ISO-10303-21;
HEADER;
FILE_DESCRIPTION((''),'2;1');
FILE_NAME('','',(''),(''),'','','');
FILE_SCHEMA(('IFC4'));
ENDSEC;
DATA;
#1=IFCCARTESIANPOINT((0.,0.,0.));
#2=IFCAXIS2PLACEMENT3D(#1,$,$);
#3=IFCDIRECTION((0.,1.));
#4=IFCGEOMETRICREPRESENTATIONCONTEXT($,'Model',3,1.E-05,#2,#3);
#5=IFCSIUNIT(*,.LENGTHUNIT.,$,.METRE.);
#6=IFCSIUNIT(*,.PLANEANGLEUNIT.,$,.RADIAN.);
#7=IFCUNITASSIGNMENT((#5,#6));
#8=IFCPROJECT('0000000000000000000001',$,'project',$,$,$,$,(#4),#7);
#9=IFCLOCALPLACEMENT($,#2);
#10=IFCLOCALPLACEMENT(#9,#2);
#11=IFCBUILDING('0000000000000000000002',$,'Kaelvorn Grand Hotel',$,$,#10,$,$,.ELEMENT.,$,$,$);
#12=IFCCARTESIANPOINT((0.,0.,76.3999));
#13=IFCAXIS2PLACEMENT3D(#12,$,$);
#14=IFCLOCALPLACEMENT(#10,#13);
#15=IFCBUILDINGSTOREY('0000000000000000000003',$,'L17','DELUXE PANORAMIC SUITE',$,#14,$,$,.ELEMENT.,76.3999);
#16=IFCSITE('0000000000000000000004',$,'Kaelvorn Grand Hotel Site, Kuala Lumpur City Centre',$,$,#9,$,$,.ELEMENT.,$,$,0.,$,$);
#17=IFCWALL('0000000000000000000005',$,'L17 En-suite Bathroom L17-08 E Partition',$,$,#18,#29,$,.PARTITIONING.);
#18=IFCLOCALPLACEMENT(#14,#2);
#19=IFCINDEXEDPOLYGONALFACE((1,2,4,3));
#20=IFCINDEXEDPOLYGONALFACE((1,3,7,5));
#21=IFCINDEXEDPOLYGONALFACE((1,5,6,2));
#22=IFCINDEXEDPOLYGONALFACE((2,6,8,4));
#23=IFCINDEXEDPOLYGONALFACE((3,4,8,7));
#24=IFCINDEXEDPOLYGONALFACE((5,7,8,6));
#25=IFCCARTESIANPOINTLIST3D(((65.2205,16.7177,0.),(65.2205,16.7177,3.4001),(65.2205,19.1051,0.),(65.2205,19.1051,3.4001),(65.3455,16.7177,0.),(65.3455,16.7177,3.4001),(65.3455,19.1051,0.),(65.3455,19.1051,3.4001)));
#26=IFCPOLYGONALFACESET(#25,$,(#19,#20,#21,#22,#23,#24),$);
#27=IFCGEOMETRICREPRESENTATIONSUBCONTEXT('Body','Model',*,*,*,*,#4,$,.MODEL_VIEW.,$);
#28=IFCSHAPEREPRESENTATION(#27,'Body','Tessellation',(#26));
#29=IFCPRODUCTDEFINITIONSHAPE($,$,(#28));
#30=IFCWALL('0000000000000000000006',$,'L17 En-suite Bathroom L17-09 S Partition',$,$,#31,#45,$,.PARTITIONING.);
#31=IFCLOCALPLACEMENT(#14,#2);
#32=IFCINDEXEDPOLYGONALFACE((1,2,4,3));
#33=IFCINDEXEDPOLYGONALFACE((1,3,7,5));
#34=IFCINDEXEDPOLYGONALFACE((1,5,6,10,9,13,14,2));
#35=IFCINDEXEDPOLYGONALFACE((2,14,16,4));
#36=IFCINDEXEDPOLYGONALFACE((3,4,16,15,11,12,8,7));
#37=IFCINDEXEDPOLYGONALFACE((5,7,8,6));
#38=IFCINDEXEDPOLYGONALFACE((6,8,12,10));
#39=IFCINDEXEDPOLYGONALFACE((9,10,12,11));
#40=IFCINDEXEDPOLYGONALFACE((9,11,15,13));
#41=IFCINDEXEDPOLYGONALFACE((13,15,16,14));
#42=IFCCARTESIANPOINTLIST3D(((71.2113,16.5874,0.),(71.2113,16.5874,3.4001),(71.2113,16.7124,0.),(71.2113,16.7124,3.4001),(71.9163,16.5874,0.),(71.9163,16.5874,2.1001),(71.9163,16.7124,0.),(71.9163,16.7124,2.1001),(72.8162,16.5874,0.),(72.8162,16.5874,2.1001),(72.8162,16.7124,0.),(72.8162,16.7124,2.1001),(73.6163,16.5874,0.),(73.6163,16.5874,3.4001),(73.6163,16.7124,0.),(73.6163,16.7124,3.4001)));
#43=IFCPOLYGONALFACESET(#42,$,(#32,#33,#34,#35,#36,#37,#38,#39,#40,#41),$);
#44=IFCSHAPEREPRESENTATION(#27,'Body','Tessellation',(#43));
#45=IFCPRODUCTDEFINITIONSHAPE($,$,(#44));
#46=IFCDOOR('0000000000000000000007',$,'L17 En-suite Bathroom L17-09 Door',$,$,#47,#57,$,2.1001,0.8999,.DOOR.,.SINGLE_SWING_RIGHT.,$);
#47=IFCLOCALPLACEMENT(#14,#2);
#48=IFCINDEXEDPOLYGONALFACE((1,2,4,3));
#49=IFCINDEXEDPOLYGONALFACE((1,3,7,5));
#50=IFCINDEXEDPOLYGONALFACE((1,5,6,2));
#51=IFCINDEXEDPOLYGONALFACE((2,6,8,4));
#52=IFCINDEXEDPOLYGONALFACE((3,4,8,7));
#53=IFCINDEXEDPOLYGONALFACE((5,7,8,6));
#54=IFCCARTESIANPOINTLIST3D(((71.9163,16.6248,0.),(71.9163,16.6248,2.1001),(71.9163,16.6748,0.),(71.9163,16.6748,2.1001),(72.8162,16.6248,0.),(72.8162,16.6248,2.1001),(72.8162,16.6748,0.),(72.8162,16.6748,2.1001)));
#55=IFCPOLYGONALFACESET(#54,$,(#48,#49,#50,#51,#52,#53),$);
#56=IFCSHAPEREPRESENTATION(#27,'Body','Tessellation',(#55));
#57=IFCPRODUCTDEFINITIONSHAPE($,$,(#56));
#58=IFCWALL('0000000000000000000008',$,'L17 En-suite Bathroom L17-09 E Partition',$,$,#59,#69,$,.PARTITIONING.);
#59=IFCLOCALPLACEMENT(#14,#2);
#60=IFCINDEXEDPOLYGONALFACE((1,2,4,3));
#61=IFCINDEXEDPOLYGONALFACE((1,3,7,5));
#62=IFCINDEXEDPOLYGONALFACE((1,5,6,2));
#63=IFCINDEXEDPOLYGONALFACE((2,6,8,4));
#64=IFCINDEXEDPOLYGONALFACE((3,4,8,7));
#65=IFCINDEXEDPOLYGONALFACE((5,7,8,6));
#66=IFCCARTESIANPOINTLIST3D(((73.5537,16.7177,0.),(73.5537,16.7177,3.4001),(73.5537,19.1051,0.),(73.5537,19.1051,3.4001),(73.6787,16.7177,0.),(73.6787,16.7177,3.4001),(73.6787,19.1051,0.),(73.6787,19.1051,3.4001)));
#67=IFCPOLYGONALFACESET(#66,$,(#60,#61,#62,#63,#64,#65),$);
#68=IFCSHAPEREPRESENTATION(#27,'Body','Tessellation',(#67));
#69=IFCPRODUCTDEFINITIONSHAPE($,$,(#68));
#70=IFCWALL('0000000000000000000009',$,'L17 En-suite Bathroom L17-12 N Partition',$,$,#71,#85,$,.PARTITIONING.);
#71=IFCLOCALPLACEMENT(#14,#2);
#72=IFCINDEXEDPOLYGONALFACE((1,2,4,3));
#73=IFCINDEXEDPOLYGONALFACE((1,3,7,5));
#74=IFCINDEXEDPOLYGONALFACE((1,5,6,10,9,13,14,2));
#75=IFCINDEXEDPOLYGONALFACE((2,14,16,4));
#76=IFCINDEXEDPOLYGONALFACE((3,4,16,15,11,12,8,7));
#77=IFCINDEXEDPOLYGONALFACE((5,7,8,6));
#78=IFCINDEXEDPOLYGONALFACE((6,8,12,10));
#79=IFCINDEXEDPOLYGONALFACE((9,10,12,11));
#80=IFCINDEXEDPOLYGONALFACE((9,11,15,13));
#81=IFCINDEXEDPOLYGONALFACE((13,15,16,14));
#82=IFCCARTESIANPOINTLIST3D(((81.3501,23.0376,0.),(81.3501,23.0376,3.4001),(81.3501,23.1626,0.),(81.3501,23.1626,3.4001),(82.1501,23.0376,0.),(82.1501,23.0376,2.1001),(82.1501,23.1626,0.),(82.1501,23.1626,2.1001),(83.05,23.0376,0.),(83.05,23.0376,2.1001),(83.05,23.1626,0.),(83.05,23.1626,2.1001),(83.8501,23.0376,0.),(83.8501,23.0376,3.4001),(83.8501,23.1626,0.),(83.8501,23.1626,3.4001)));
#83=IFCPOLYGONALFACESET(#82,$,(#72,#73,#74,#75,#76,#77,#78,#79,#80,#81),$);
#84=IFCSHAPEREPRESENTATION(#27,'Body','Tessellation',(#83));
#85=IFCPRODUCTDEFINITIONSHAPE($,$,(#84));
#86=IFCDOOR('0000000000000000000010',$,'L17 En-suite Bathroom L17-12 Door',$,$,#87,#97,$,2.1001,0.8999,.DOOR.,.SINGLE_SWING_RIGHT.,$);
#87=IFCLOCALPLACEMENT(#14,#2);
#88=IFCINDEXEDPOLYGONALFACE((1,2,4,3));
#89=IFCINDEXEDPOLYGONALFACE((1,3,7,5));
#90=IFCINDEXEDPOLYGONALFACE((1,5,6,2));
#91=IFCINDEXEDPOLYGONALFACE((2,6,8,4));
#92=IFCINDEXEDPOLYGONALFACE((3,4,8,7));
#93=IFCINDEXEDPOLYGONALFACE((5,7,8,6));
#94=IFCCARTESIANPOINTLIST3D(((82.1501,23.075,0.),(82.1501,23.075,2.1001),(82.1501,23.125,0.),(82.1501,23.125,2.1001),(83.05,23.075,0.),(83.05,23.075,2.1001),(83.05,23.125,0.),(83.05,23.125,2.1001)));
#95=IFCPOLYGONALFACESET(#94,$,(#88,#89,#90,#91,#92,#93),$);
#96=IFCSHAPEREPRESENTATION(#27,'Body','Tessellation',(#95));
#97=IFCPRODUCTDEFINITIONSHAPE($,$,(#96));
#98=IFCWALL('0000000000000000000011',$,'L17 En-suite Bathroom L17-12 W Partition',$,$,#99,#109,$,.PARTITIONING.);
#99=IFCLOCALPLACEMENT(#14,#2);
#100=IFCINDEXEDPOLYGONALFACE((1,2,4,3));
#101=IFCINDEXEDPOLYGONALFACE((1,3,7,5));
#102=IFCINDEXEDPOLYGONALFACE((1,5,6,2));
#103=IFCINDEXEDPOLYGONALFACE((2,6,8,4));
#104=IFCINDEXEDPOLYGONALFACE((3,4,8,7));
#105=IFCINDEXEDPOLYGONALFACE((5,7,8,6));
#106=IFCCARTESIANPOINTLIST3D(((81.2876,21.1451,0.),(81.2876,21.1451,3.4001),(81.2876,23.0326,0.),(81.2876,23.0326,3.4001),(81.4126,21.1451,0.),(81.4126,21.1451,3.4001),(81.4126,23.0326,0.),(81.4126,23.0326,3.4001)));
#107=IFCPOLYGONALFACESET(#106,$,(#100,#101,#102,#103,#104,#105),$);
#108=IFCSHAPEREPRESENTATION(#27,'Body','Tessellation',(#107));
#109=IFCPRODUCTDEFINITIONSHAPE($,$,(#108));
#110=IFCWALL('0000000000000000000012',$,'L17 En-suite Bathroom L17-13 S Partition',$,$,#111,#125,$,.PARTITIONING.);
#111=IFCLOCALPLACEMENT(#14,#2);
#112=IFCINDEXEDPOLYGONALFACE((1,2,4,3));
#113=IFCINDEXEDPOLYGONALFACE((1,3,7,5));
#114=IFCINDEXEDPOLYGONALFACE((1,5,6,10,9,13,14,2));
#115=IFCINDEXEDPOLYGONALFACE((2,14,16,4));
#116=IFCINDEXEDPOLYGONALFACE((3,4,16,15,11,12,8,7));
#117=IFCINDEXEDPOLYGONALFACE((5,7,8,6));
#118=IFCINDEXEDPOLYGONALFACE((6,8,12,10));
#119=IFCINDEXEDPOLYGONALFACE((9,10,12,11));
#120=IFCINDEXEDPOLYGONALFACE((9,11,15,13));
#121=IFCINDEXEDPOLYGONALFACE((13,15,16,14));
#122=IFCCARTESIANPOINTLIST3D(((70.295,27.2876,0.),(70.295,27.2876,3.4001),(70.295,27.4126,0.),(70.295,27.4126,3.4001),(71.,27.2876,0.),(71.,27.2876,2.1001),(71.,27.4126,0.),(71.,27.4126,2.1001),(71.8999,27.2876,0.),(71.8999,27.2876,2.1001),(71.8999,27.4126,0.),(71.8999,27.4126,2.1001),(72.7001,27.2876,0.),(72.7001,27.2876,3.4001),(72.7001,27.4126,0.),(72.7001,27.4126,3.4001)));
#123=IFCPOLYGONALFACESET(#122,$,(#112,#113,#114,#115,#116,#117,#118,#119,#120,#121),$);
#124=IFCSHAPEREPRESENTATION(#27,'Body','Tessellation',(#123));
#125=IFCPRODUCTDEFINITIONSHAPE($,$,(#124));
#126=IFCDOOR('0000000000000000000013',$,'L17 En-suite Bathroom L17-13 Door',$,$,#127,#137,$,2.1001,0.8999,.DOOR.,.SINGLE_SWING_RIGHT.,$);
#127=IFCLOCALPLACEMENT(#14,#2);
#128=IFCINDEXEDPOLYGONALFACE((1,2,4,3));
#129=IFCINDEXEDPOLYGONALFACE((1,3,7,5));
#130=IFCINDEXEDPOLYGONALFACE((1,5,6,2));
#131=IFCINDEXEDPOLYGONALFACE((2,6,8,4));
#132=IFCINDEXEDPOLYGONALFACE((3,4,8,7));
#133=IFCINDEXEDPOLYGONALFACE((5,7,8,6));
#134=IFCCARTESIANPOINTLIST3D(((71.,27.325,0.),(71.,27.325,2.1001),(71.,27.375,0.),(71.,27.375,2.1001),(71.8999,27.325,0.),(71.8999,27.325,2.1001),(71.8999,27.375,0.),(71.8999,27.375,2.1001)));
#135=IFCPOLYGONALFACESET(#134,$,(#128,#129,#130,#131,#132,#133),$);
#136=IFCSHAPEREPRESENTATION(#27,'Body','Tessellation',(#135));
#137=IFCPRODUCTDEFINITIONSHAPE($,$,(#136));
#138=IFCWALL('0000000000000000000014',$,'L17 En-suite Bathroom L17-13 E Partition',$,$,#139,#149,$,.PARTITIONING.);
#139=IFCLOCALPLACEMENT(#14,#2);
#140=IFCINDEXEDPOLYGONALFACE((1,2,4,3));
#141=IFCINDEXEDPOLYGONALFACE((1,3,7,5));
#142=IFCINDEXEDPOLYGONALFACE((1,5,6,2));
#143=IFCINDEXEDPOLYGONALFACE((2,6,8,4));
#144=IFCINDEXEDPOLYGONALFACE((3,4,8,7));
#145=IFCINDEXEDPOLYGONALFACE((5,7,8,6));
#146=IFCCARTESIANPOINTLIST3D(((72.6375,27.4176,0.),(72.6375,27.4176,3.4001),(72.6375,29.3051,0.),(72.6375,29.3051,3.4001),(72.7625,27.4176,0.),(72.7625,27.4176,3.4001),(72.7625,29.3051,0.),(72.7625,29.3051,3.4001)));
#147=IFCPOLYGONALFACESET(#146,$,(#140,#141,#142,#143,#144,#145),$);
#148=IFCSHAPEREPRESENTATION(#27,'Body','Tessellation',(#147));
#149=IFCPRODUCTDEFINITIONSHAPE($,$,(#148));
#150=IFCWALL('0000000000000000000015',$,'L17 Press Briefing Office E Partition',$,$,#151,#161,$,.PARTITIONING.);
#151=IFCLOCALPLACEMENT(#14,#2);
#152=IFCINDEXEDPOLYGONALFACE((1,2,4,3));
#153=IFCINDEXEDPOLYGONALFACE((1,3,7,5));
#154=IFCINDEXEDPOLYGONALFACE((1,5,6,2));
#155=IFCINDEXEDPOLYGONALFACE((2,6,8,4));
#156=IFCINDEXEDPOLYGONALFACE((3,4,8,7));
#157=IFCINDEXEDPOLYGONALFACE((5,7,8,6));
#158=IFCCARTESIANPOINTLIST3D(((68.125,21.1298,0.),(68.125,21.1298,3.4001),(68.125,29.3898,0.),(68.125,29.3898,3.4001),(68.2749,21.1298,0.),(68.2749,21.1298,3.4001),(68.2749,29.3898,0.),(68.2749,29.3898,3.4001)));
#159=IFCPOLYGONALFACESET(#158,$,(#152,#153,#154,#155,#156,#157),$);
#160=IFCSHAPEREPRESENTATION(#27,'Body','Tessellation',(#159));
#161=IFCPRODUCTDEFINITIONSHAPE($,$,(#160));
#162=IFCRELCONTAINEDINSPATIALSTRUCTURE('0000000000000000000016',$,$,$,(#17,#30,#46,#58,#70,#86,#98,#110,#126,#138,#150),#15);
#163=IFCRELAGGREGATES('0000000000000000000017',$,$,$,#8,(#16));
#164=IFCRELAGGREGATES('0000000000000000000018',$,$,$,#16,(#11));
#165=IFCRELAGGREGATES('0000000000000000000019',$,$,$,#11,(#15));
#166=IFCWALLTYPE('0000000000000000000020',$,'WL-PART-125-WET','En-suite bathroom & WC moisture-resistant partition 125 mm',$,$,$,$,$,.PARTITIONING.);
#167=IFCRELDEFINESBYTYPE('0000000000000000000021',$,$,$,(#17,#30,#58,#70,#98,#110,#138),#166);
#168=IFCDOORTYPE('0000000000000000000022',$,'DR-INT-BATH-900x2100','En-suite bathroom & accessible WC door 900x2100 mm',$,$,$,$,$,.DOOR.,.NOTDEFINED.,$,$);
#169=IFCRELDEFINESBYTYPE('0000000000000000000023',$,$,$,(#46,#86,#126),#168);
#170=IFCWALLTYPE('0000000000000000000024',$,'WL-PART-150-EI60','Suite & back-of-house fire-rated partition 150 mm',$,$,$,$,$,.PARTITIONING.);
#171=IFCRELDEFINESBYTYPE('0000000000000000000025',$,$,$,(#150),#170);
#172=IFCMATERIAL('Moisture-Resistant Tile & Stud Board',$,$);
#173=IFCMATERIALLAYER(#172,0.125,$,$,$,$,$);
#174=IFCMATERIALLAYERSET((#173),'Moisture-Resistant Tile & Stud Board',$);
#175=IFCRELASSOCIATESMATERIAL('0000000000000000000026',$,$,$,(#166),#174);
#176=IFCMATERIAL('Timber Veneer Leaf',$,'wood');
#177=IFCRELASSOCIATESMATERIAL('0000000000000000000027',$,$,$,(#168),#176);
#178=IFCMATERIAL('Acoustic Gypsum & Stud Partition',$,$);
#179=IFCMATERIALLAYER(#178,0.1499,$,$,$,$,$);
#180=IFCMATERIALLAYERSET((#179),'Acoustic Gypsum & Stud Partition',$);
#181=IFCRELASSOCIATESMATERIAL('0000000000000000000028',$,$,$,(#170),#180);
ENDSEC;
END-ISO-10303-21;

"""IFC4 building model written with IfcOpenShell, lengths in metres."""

from ifc_helpers import new_model, si_unit, direction, frame, frame_2d, origin, place, context, subcontext, project, spatial, rectangle, extrude, material, layer, layer_set, type_object, element, fill, save


model = new_model("IFC4")

# Units and contexts
model_context = context("Model", 3, precision=1e-05, world=origin(), true_north=direction((0.0, 1.0)))
body_context = subcontext(model_context, "Body", "Model", "MODEL_VIEW")
ifc_project = project(units=[si_unit("LENGTHUNIT", "METRE"), si_unit("PLANEANGLEUNIT", "RADIAN")], contexts=[model_context])

# Site, building, storey
site_placement = place(None, origin())
site = spatial("IfcSite", under=ifc_project, at=site_placement, Name="Kaelvorn Grand Hotel Site, Kuala Lumpur City Centre", CompositionType="ELEMENT", RefElevation=0.0)
building_placement = place(site_placement, origin())
building = spatial("IfcBuilding", under=site, at=building_placement, Name="Kaelvorn Grand Hotel", CompositionType="ELEMENT")
storey_placement = place(building_placement, frame((0.0, 0.0, 76.3999)))
storey = spatial("IfcBuildingStorey", under=building, at=storey_placement, Name="L17", Description="DELUXE PANORAMIC SUITE", CompositionType="ELEMENT", Elevation=76.3999)

# Shared definitions
ifc_material_1 = material(Name="Moisture-Resistant Tile & Stud Board")
ifc_layer_1 = layer(ifc_material_1, 0.125)
ifc_layer_set_1 = layer_set([ifc_layer_1], Name="Moisture-Resistant Tile & Stud Board")
wall_type_1 = type_object("IfcWallType", Name="WL-PART-125-WET", Description="En-suite bathroom & WC moisture-resistant partition 125 mm", PredefinedType="PARTITIONING", material=ifc_layer_set_1)
ifc_material_2 = material(Name="Timber Veneer Leaf", Category="wood")
door_type_1 = type_object("IfcDoorType", Name="DR-INT-BATH-900x2100", Description="En-suite bathroom & accessible WC door 900x2100 mm", OperationType="NOTDEFINED", PredefinedType="DOOR", material=ifc_material_2)

# Wall
wall_1_placement = place(storey_placement, frame((65.283, 16.7175, 0.0), z_axis=(0.0, 0.0, 1.0), x_axis=(0.0, 1.0, 0.0)))
element("IfcWall", 1, at=wall_1_placement, inside=storey, type_object=wall_type_1, Name="L17 En-suite Bathroom L17-08 E Partition", PredefinedType="PARTITIONING", context=body_context, shape_type="SweptSolid", body=[
    extrude(rectangle(XDim=2.3875, YDim=0.125, at=frame_2d((1.1938, 0.0))), origin(), (0.0, 0.0, 1.0), 3.4001),
])

# Wall, opening, door
wall_2_placement = place(storey_placement, frame((71.2112, 16.6499, 0.0), z_axis=(0.0, 0.0, 1.0), x_axis=(1.0, 0.0, 0.0)))
wall_2 = element("IfcWall", 2, at=wall_2_placement, inside=storey, type_object=wall_type_1, Name="L17 En-suite Bathroom L17-09 S Partition", PredefinedType="PARTITIONING", context=body_context, shape_type="SweptSolid", body=[
    extrude(rectangle(XDim=2.405, YDim=0.125, at=frame_2d((1.2026, 0.0))), origin(), (0.0, 0.0, 1.0), 3.4001),
])
opening_1_placement = place(wall_2_placement, frame((0.7051, 0.0, 0.0)))
opening_1 = element("IfcOpeningElement", 3, at=opening_1_placement, cuts=wall_2, PredefinedType="OPENING", context=body_context, shape_type="SweptSolid", body=[
    extrude(rectangle(XDim=0.8999, YDim=2.1001, at=frame_2d((0.45, 1.05))), frame((0.0, 0.0725, 0.0), z_axis=(0.0, -1.0, 0.0), x_axis=(1.0, 0.0, 0.0)), (0.0, 0.0, 1.0), 0.145),
])
door_1_placement = place(opening_1_placement, origin())
door_1 = element("IfcDoor", 4, at=door_1_placement, inside=storey, type_object=door_type_1, Name="L17 En-suite Bathroom L17-09 Door", OperationType="SINGLE_SWING_RIGHT", OverallHeight=2.1001, OverallWidth=0.8999, PredefinedType="DOOR", context=body_context, shape_type="SweptSolid", body=[
    extrude(rectangle(XDim=0.8999, YDim=2.1001, at=frame_2d((0.45, 1.05))), frame((0.0, 0.0249, 0.0), z_axis=(0.0, -1.0, 0.0), x_axis=(1.0, 0.0, 0.0)), (0.0, 0.0, 1.0), 0.05),
])
fill(opening_1, door_1)

# Wall
wall_3_placement = place(storey_placement, frame((73.6162, 16.7175, 0.0), z_axis=(0.0, 0.0, 1.0), x_axis=(0.0, 1.0, 0.0)))
element("IfcWall", 5, at=wall_3_placement, inside=storey, type_object=wall_type_1, Name="L17 En-suite Bathroom L17-09 E Partition", PredefinedType="PARTITIONING", context=body_context, shape_type="SweptSolid", body=[
    extrude(rectangle(XDim=2.3875, YDim=0.125, at=frame_2d((1.1938, 0.0))), origin(), (0.0, 0.0, 1.0), 3.4001),
])

# Wall, opening, door
wall_4_placement = place(storey_placement, frame((81.3501, 23.1001, 0.0), z_axis=(0.0, 0.0, 1.0), x_axis=(1.0, 0.0, 0.0)))
wall_4 = element("IfcWall", 6, at=wall_4_placement, inside=storey, type_object=wall_type_1, Name="L17 En-suite Bathroom L17-12 N Partition", PredefinedType="PARTITIONING", context=body_context, shape_type="SweptSolid", body=[
    extrude(rectangle(XDim=2.5, YDim=0.125, at=frame_2d((1.25, 0.0))), origin(), (0.0, 0.0, 1.0), 3.4001),
])
opening_2_placement = place(wall_4_placement, frame((0.8, 0.0, 0.0)))
opening_2 = element("IfcOpeningElement", 7, at=opening_2_placement, cuts=wall_4, PredefinedType="OPENING", context=body_context, shape_type="SweptSolid", body=[
    extrude(rectangle(XDim=0.8999, YDim=2.1001, at=frame_2d((0.45, 1.05))), frame((0.0, 0.0725, 0.0), z_axis=(0.0, -1.0, 0.0), x_axis=(1.0, 0.0, 0.0)), (0.0, 0.0, 1.0), 0.145),
])
door_2_placement = place(opening_2_placement, origin())
door_2 = element("IfcDoor", 8, at=door_2_placement, inside=storey, type_object=door_type_1, Name="L17 En-suite Bathroom L17-12 Door", OperationType="SINGLE_SWING_RIGHT", OverallHeight=2.1001, OverallWidth=0.8999, PredefinedType="DOOR", context=body_context, shape_type="SweptSolid", body=[
    extrude(rectangle(XDim=0.8999, YDim=2.1001, at=frame_2d((0.45, 1.05))), frame((0.0, 0.0249, 0.0), z_axis=(0.0, -1.0, 0.0), x_axis=(1.0, 0.0, 0.0)), (0.0, 0.0, 1.0), 0.05),
])
fill(opening_2, door_2)

# Wall
wall_5_placement = place(storey_placement, frame((81.3501, 21.145, 0.0), z_axis=(0.0, 0.0, 1.0), x_axis=(0.0, 1.0, 0.0)))
element("IfcWall", 9, at=wall_5_placement, inside=storey, type_object=wall_type_1, Name="L17 En-suite Bathroom L17-12 W Partition", PredefinedType="PARTITIONING", context=body_context, shape_type="SweptSolid", body=[
    extrude(rectangle(XDim=1.8875, YDim=0.125, at=frame_2d((0.9438, 0.0))), origin(), (0.0, 0.0, 1.0), 3.4001),
])

# Wall, opening, door
wall_6_placement = place(storey_placement, frame((70.2949, 27.3501, 0.0), z_axis=(0.0, 0.0, 1.0), x_axis=(1.0, 0.0, 0.0)))
wall_6 = element("IfcWall", 10, at=wall_6_placement, inside=storey, type_object=wall_type_1, Name="L17 En-suite Bathroom L17-13 S Partition", PredefinedType="PARTITIONING", context=body_context, shape_type="SweptSolid", body=[
    extrude(rectangle(XDim=2.405, YDim=0.125, at=frame_2d((1.2026, 0.0))), origin(), (0.0, 0.0, 1.0), 3.4001),
])
opening_3_placement = place(wall_6_placement, frame((0.7051, 0.0, 0.0)))
opening_3 = element("IfcOpeningElement", 11, at=opening_3_placement, cuts=wall_6, PredefinedType="OPENING", context=body_context, shape_type="SweptSolid", body=[
    extrude(rectangle(XDim=0.8999, YDim=2.1001, at=frame_2d((0.45, 1.05))), frame((0.0, 0.0725, 0.0), z_axis=(0.0, -1.0, 0.0), x_axis=(1.0, 0.0, 0.0)), (0.0, 0.0, 1.0), 0.145),
])
door_3_placement = place(opening_3_placement, origin())
door_3 = element("IfcDoor", 12, at=door_3_placement, inside=storey, type_object=door_type_1, Name="L17 En-suite Bathroom L17-13 Door", OperationType="SINGLE_SWING_RIGHT", OverallHeight=2.1001, OverallWidth=0.8999, PredefinedType="DOOR", context=body_context, shape_type="SweptSolid", body=[
    extrude(rectangle(XDim=0.8999, YDim=2.1001, at=frame_2d((0.45, 1.05))), frame((0.0, 0.0249, 0.0), z_axis=(0.0, -1.0, 0.0), x_axis=(1.0, 0.0, 0.0)), (0.0, 0.0, 1.0), 0.05),
])
fill(opening_3, door_3)

# Walls
wall_7_placement = place(storey_placement, frame((72.7, 27.4175, 0.0), z_axis=(0.0, 0.0, 1.0), x_axis=(0.0, 1.0, 0.0)))
element("IfcWall", 13, at=wall_7_placement, inside=storey, type_object=wall_type_1, Name="L17 En-suite Bathroom L17-13 E Partition", PredefinedType="PARTITIONING", context=body_context, shape_type="SweptSolid", body=[
    extrude(rectangle(XDim=1.8875, YDim=0.125, at=frame_2d((0.9438, 0.0))), origin(), (0.0, 0.0, 1.0), 3.4001),
])
ifc_material_3 = material(Name="Acoustic Gypsum & Stud Partition")
ifc_layer_2 = layer(ifc_material_3, 0.1499)
ifc_layer_set_2 = layer_set([ifc_layer_2], Name="Acoustic Gypsum & Stud Partition")
wall_type_2 = type_object("IfcWallType", Name="WL-PART-150-EI60", Description="Suite & back-of-house fire-rated partition 150 mm", PredefinedType="PARTITIONING", material=ifc_layer_set_2)
wall_8_placement = place(storey_placement, frame((68.2, 21.1299, 0.0), z_axis=(0.0, 0.0, 1.0), x_axis=(0.0, 1.0, 0.0)))
element("IfcWall", 14, at=wall_8_placement, inside=storey, type_object=wall_type_2, Name="L17 Press Briefing Office E Partition", PredefinedType="PARTITIONING", context=body_context, shape_type="SweptSolid", body=[
    extrude(rectangle(XDim=8.26, YDim=0.1499, at=frame_2d((4.1299, 0.0))), origin(), (0.0, 0.0, 1.0), 3.4001),
])

save(model, "model.ifc")
